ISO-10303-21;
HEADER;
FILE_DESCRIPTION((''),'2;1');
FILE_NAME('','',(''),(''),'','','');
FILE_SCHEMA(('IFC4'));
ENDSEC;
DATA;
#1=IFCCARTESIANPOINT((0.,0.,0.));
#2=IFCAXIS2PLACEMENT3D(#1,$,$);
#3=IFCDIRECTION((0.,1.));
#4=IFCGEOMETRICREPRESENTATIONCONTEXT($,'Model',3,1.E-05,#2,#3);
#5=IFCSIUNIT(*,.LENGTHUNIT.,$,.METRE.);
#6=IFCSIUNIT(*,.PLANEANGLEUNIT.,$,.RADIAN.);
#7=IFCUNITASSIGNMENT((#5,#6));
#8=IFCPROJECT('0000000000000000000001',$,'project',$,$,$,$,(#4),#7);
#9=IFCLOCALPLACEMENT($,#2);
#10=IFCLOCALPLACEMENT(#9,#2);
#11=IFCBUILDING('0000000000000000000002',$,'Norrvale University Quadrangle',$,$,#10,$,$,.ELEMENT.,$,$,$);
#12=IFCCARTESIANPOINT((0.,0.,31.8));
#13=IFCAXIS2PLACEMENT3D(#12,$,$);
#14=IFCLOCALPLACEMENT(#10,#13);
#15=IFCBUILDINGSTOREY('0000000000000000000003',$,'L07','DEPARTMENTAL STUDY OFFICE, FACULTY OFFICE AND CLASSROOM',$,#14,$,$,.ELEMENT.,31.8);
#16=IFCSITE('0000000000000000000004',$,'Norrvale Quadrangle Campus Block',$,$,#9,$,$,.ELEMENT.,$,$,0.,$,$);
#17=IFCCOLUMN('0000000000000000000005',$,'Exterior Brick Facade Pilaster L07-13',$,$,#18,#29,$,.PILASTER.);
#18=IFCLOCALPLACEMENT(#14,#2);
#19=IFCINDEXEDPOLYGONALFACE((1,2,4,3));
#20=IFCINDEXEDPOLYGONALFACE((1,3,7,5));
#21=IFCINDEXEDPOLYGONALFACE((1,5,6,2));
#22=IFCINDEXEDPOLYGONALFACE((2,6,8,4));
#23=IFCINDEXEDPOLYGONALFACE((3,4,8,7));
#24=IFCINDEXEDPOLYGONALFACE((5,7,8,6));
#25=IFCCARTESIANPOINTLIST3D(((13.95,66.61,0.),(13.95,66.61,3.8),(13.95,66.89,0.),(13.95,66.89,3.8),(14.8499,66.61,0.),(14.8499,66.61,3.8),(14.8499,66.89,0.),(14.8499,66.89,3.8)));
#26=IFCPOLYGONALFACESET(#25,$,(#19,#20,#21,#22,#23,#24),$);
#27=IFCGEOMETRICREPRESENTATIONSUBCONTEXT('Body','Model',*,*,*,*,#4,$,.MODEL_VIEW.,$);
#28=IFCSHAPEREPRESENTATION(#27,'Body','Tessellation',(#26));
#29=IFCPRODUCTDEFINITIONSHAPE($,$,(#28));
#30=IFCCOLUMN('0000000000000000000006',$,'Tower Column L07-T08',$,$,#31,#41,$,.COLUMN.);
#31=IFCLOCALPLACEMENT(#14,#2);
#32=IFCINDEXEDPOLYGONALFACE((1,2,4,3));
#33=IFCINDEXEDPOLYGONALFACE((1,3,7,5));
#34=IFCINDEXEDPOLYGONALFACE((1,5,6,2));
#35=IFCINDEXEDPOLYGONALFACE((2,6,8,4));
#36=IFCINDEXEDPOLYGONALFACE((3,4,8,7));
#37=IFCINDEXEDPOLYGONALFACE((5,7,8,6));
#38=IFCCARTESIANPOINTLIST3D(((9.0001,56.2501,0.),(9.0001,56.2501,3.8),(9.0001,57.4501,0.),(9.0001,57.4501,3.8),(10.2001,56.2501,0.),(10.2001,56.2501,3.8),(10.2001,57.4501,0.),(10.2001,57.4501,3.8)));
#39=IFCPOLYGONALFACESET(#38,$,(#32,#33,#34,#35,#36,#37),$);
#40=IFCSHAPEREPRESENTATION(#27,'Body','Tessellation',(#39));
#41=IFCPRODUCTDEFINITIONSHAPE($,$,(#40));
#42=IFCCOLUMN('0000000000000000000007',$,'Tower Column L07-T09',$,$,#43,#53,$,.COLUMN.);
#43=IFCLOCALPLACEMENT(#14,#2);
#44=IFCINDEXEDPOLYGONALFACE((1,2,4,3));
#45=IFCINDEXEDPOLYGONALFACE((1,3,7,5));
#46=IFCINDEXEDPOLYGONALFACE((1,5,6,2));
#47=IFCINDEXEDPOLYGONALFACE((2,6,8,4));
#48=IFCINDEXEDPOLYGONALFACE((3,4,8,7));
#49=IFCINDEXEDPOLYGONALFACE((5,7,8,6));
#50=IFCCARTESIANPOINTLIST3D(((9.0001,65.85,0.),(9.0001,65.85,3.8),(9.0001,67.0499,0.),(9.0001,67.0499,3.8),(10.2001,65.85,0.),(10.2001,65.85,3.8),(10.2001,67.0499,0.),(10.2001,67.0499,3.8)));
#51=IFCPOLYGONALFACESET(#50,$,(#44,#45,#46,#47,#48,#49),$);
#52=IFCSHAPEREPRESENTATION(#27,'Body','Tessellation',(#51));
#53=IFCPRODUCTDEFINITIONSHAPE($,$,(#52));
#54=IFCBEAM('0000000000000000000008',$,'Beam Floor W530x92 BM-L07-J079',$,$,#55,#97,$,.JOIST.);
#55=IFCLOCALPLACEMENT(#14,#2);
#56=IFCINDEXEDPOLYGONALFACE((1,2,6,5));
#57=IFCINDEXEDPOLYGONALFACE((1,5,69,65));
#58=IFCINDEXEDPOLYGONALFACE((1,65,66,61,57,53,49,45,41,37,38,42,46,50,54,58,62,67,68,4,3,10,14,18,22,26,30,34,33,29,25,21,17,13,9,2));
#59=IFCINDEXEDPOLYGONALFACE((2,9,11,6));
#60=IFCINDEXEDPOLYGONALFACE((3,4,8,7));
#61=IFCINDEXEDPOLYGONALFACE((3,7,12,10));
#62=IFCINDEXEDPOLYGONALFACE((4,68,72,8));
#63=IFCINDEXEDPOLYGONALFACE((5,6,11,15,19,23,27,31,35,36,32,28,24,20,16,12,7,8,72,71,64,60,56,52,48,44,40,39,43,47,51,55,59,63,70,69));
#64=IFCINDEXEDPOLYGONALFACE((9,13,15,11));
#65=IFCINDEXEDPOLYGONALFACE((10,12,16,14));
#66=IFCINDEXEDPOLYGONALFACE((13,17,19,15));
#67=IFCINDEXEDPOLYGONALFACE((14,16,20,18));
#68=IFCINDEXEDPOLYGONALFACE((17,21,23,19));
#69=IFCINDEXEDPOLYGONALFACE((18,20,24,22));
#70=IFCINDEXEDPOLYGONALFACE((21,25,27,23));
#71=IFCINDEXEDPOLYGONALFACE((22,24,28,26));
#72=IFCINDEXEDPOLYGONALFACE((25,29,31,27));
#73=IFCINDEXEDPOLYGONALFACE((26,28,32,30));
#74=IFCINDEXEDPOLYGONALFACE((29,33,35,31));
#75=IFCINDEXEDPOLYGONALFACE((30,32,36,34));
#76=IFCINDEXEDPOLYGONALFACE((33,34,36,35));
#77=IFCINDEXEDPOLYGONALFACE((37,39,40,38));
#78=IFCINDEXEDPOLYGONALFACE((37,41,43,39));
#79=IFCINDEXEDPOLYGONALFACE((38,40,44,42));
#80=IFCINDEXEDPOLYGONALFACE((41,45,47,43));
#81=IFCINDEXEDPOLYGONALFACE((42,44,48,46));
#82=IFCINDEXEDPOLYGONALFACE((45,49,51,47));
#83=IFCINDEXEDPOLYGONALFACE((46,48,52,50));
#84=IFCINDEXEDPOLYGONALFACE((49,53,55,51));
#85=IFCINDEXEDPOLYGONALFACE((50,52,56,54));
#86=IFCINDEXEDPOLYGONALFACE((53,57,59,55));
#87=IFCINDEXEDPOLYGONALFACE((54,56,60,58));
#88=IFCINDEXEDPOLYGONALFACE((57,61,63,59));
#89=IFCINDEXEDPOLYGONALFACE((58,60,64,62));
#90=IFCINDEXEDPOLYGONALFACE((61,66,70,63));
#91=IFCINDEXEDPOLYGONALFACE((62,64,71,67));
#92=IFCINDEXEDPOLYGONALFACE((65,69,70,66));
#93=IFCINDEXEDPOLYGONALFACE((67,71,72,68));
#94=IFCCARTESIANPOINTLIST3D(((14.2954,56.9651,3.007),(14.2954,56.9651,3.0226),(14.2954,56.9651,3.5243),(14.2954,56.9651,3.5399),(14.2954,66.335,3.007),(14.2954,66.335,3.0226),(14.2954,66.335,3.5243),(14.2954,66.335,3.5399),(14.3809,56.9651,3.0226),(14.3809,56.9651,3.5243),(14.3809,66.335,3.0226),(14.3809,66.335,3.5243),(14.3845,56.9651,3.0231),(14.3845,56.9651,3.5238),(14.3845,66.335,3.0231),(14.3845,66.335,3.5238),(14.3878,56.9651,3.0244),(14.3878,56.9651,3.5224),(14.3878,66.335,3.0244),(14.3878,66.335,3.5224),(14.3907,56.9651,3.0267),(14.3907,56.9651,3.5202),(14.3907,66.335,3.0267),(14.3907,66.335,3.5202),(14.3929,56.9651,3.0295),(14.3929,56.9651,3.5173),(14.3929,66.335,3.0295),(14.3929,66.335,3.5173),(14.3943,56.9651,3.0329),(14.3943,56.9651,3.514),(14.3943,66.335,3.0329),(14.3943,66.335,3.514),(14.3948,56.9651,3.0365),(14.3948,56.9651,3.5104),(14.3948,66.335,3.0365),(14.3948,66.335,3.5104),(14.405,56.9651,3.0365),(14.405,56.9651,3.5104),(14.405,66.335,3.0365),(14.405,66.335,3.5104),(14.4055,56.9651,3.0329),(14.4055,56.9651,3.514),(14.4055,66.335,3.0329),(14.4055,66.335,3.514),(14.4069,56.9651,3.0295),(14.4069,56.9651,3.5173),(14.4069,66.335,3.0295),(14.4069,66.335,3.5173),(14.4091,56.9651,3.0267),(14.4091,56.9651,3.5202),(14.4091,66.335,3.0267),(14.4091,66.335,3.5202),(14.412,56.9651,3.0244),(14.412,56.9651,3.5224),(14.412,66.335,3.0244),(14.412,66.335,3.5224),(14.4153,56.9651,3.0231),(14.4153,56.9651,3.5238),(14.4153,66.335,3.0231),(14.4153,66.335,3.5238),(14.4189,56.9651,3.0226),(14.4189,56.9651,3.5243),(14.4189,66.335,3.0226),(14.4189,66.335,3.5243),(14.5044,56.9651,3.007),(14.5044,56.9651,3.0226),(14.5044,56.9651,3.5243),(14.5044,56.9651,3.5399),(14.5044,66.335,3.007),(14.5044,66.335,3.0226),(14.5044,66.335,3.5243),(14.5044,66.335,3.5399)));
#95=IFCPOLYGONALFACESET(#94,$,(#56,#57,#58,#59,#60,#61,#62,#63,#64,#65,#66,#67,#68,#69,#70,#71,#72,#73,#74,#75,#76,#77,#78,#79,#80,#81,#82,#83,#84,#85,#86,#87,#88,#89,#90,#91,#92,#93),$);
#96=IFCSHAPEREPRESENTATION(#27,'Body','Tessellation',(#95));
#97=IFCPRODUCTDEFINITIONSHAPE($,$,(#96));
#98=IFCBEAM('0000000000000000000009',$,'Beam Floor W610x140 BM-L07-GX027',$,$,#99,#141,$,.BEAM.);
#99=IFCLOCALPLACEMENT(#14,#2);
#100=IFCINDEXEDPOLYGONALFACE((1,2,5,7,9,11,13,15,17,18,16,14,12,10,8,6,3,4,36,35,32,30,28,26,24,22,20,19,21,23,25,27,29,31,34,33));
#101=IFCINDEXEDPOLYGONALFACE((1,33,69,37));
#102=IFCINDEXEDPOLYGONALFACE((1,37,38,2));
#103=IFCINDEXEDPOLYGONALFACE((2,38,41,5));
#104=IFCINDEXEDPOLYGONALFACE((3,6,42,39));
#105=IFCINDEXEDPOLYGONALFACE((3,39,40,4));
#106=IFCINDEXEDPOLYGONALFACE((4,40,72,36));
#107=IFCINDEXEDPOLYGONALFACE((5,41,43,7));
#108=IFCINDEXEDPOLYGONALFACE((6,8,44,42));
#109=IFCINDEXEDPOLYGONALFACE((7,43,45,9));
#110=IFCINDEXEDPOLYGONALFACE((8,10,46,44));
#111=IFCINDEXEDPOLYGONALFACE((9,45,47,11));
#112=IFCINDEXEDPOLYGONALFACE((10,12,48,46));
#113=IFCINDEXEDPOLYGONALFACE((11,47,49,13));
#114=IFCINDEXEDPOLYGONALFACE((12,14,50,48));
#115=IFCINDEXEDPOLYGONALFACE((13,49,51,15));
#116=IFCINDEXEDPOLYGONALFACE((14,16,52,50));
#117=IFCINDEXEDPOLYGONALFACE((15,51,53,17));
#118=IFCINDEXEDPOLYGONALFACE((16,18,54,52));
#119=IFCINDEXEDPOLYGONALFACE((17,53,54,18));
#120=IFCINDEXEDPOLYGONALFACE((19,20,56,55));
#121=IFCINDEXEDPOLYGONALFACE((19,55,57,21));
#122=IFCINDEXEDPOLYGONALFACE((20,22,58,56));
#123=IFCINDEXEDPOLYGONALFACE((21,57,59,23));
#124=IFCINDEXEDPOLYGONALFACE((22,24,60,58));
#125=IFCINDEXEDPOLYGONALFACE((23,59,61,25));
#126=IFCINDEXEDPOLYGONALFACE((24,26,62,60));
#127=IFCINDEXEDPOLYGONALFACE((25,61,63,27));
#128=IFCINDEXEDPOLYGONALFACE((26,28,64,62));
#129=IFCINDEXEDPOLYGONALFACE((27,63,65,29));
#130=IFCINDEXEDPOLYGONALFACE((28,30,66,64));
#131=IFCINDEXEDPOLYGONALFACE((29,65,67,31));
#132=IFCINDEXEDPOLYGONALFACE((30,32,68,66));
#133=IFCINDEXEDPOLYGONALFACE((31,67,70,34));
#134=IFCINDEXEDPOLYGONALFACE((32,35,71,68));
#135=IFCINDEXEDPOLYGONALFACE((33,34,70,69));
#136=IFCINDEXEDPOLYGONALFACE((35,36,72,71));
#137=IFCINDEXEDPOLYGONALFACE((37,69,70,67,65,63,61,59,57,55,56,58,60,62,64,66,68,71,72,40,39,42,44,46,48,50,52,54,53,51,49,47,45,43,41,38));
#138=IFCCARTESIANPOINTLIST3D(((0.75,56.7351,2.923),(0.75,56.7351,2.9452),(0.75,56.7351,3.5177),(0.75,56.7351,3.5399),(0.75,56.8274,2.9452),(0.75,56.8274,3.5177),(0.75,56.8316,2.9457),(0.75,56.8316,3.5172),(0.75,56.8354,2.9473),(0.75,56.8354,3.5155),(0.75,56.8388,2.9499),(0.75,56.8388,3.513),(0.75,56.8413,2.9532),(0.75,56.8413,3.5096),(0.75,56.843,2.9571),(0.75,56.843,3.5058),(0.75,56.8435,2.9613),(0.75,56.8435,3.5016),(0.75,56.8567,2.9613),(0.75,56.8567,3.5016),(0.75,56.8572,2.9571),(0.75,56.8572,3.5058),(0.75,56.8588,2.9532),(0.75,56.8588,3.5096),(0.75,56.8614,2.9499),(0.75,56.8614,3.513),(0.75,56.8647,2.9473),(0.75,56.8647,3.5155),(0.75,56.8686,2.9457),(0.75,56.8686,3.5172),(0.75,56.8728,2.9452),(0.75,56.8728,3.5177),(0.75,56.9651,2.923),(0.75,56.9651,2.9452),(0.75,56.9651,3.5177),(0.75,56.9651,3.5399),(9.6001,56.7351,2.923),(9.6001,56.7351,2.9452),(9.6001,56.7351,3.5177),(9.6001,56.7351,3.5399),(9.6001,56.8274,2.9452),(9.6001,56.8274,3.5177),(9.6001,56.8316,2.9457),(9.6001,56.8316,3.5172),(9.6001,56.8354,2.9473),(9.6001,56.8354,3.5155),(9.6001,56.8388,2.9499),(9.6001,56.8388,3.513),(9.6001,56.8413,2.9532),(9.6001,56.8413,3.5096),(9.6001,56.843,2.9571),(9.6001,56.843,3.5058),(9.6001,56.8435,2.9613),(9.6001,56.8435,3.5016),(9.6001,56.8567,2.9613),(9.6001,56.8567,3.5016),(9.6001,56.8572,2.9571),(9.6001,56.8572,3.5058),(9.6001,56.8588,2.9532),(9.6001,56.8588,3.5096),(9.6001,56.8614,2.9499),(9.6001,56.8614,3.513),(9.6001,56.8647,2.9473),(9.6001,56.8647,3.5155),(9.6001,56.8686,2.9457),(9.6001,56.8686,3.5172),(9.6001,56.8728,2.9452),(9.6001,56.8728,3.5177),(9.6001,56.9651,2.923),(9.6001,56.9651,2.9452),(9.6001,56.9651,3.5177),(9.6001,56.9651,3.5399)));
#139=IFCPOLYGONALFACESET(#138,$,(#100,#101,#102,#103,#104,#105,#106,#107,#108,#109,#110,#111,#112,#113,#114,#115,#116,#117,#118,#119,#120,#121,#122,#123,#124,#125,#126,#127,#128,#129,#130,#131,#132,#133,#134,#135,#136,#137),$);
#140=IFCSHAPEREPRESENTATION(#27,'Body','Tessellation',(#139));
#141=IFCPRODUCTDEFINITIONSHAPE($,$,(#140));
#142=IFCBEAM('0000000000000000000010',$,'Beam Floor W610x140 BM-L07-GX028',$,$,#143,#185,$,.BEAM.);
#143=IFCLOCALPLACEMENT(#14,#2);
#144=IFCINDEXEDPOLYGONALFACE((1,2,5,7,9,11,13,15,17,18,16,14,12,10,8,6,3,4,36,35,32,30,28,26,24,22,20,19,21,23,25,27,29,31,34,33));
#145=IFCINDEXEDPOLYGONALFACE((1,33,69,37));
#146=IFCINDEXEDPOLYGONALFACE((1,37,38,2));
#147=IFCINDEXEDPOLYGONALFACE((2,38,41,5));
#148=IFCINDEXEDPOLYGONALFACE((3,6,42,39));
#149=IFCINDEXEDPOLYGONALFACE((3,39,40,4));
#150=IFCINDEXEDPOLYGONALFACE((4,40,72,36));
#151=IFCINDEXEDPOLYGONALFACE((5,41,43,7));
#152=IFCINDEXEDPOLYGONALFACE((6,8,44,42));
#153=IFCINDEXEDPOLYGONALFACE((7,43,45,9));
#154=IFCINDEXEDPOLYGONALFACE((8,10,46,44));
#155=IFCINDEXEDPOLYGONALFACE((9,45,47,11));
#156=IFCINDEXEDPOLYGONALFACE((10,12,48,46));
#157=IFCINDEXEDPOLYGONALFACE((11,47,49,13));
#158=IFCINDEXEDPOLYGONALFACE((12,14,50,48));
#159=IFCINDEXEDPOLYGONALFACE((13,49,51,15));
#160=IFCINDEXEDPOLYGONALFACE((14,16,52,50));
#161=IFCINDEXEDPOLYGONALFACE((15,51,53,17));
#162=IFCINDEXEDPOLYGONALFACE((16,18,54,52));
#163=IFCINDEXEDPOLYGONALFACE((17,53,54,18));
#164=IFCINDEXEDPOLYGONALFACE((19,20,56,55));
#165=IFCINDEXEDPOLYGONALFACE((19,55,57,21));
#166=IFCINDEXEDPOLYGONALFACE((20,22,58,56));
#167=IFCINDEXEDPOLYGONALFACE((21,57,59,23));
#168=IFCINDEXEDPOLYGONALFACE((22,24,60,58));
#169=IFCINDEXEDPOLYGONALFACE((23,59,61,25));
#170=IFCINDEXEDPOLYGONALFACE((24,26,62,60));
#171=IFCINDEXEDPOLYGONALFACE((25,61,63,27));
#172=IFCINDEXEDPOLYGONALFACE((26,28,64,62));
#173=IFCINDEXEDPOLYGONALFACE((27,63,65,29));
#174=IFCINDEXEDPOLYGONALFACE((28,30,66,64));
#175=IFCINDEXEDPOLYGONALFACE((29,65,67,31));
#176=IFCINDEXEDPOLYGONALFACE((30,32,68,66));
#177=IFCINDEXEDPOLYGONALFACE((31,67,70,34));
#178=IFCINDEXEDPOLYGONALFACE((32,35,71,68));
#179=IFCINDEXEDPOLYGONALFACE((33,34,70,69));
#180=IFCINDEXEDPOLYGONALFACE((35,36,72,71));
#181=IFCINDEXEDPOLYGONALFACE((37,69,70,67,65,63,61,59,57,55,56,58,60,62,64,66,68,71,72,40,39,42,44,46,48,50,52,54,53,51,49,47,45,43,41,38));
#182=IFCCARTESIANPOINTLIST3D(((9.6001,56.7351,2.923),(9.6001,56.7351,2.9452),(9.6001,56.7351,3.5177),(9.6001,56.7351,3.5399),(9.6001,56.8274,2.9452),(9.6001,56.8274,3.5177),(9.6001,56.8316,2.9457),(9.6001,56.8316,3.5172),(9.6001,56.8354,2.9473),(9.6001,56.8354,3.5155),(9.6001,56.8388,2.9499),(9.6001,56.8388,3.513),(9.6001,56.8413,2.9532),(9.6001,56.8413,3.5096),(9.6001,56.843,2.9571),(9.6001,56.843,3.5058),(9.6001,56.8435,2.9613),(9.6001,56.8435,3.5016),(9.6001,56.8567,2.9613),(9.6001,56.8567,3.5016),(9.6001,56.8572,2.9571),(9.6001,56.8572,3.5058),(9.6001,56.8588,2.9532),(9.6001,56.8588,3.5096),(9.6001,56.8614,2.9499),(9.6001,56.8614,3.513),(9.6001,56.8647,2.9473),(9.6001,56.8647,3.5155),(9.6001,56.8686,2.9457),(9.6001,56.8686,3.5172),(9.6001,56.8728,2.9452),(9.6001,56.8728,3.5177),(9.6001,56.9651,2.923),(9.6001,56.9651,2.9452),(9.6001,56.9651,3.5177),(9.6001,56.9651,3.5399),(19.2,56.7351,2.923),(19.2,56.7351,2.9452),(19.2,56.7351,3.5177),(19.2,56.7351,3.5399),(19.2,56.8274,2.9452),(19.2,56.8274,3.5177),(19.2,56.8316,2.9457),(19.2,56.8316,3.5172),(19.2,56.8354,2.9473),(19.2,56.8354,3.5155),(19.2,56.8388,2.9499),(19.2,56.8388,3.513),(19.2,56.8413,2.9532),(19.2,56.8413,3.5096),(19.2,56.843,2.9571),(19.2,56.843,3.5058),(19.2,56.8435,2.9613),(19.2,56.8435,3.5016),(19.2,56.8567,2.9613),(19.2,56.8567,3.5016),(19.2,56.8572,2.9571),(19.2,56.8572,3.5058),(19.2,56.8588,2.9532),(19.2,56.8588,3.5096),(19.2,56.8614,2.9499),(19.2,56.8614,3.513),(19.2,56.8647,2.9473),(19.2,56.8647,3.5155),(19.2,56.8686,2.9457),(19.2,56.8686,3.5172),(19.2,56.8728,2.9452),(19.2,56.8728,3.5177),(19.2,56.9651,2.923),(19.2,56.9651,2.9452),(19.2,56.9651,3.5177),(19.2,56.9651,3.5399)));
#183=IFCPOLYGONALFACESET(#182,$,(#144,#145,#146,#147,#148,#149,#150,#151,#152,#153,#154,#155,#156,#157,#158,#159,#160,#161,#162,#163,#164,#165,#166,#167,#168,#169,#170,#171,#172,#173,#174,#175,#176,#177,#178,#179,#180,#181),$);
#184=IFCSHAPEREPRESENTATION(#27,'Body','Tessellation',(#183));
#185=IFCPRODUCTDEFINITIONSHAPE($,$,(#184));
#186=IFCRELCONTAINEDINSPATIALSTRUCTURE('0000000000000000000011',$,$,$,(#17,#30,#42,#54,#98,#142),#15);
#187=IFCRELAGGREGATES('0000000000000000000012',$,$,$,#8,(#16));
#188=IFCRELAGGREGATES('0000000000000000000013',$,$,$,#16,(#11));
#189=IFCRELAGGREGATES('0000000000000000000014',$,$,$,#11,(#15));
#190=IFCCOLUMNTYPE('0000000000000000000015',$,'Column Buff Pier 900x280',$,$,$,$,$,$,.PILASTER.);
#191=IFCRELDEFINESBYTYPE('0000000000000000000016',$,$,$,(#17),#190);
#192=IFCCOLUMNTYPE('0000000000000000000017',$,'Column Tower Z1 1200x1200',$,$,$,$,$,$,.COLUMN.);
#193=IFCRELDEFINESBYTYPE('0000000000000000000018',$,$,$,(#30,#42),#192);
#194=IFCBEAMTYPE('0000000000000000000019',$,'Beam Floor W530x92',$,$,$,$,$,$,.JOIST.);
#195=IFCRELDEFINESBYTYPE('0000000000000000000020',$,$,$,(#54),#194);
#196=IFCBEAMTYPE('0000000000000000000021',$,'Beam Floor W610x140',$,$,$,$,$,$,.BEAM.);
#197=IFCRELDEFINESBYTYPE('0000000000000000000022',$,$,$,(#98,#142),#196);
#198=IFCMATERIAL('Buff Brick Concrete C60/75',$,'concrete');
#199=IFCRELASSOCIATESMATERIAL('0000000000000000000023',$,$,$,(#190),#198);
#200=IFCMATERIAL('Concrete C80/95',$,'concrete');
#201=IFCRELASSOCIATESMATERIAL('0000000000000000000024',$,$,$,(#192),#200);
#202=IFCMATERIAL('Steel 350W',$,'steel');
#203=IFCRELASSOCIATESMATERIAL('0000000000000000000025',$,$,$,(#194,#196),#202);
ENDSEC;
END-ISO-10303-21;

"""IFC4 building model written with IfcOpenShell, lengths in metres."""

from ifc_helpers import new_model, si_unit, direction, frame, origin, origin_2d, place, context, subcontext, project, spatial, rectangle, i_section, extrude, material, material_profile, profile_set, type_object, element, save


model = new_model("IFC4")

# Units and contexts
model_context = context("Model", 3, precision=1e-05, world=origin(), true_north=direction((0.0, 1.0)))
body_context = subcontext(model_context, "Body", "Model", "MODEL_VIEW")
ifc_project = project(units=[si_unit("LENGTHUNIT", "METRE"), si_unit("PLANEANGLEUNIT", "RADIAN")], contexts=[model_context])

# Site, building, storey
site_placement = place(None, origin())
site = spatial("IfcSite", under=ifc_project, at=site_placement, Name="Norrvale Quadrangle Campus Block", CompositionType="ELEMENT", RefElevation=0.0)
building_placement = place(site_placement, origin())
building = spatial("IfcBuilding", under=site, at=building_placement, Name="Norrvale University Quadrangle", CompositionType="ELEMENT")
storey_placement = place(building_placement, frame((0.0, 0.0, 31.8)))
storey = spatial("IfcBuildingStorey", under=building, at=storey_placement, Name="L07", Description="DEPARTMENTAL STUDY OFFICE, FACULTY OFFICE AND CLASSROOM", CompositionType="ELEMENT", Elevation=31.8)

# Columns
ifc_material_1 = material(Name="Buff Brick Concrete C60/75", Category="concrete")
ifc_material_profile_1 = material_profile(ifc_material_1, rectangle(XDim=0.8999, YDim=0.28, at=origin_2d()), Name="Buff Brick Concrete C60/75")
ifc_profile_set_1 = profile_set([ifc_material_profile_1], Name="Buff Brick Concrete C60/75")
column_type_1 = type_object("IfcColumnType", Name="Column Buff Pier 900x280", PredefinedType="PILASTER", material=ifc_profile_set_1)
column_placement = place(storey_placement, frame((14.3999, 66.75, 0.0), z_axis=(0.0, 0.0, 1.0), x_axis=(1.0, 0.0, 0.0)))
element("IfcColumn", 1, at=column_placement, inside=storey, type_object=column_type_1, Name="Exterior Brick Facade Pilaster L07-13", PredefinedType="PILASTER", context=body_context, shape_type="SweptSolid", body=[
    extrude(rectangle(XDim=0.8999, YDim=0.28, at=origin_2d()), origin(), (0.0, 0.0, 1.0), 3.8),
])
ifc_material_2 = material(Name="Concrete C80/95", Category="concrete")
ifc_material_profile_2 = material_profile(ifc_material_2, rectangle(XDim=1.2, YDim=1.2, at=origin_2d()), Name="Concrete C80/95")
ifc_profile_set_2 = profile_set([ifc_material_profile_2], Name="Concrete C80/95")
column_type_2 = type_object("IfcColumnType", Name="Column Tower Z1 1200x1200", PredefinedType="COLUMN", material=ifc_profile_set_2)
for number, where, z_axis, x_axis, name in (
    (2, (9.6001, 56.8501, 0.0), (0.0, 0.0, 1.0), (1.0, 0.0, 0.0), "Tower Column L07-T08"),
    (3, (9.6001, 66.45, 0.0), (0.0, 0.0, 1.0), (1.0, 0.0, 0.0), "Tower Column L07-T09"),
):
    element("IfcColumn", number, at=place(storey_placement, frame(where, z_axis=z_axis, x_axis=x_axis)), inside=storey, type_object=column_type_2, Name=name, PredefinedType="COLUMN", context=body_context, shape_type="SweptSolid", body=[
        extrude(rectangle(XDim=1.2, YDim=1.2, at=origin_2d()), origin(), (0.0, 0.0, 1.0), 3.8),
    ])

# Beams
ifc_material_3 = material(Name="Steel 350W", Category="steel")
ifc_material_profile_3 = material_profile(ifc_material_3, i_section(OverallWidth=0.209, OverallDepth=0.533, WebThickness=0.0103, FlangeThickness=0.0156, FilletRadius=0.0139, at=origin_2d()), Name="Steel 350W")
ifc_profile_set_3 = profile_set([ifc_material_profile_3], Name="Steel 350W")
beam_type_1 = type_object("IfcBeamType", Name="Beam Floor W530x92", PredefinedType="JOIST", material=ifc_profile_set_3)
beam_1_placement = place(storey_placement, frame((14.3999, 56.9651, 3.2734), z_axis=(0.0, 1.0, 0.0), x_axis=(-1.0, 0.0, 0.0)))
element("IfcBeam", 4, at=beam_1_placement, inside=storey, type_object=beam_type_1, Name="Beam Floor W530x92 BM-L07-J079", PredefinedType="JOIST", context=body_context, shape_type="SweptSolid", body=[
    extrude(i_section(OverallWidth=0.209, OverallDepth=0.533, WebThickness=0.0103, FlangeThickness=0.0156, FilletRadius=0.0139, at=origin_2d()), origin(), (0.0, 0.0, 1.0), 9.3699),
])
ifc_material_profile_4 = material_profile(ifc_material_3, i_section(OverallWidth=0.23, OverallDepth=0.6169, WebThickness=0.0132, FlangeThickness=0.0222, FilletRadius=0.0161, at=origin_2d()), Name="Steel 350W")
ifc_profile_set_4 = profile_set([ifc_material_profile_4], Name="Steel 350W")
beam_type_2 = type_object("IfcBeamType", Name="Beam Floor W610x140", PredefinedType="BEAM", material=ifc_profile_set_4)
beam_2_placement = place(storey_placement, frame((0.75, 56.8501, 3.2314), z_axis=(1.0, 0.0, 0.0), x_axis=(0.0, 1.0, 0.0)))
element("IfcBeam", 5, at=beam_2_placement, inside=storey, type_object=beam_type_2, Name="Beam Floor W610x140 BM-L07-GX027", PredefinedType="BEAM", context=body_context, shape_type="SweptSolid", body=[
    extrude(i_section(OverallWidth=0.23, OverallDepth=0.6169, WebThickness=0.0132, FlangeThickness=0.0222, FilletRadius=0.0161, at=origin_2d()), origin(), (0.0, 0.0, 1.0), 8.8501),
])
for number, where, z_axis, x_axis, name in (
    (6, (9.6001, 56.8501, 3.2314), (1.0, 0.0, 0.0), (0.0, 1.0, 0.0), "Beam Floor W610x140 BM-L07-GX028"),
):
    element("IfcBeam", number, at=place(storey_placement, frame(where, z_axis=z_axis, x_axis=x_axis)), inside=storey, type_object=beam_type_2, Name=name, PredefinedType="BEAM", context=body_context, shape_type="SweptSolid", body=[
        extrude(i_section(OverallWidth=0.23, OverallDepth=0.6169, WebThickness=0.0132, FlangeThickness=0.0222, FilletRadius=0.0161, at=origin_2d()), origin(), (0.0, 0.0, 1.0), 9.5999),
    ])

save(model, "model.ifc")
